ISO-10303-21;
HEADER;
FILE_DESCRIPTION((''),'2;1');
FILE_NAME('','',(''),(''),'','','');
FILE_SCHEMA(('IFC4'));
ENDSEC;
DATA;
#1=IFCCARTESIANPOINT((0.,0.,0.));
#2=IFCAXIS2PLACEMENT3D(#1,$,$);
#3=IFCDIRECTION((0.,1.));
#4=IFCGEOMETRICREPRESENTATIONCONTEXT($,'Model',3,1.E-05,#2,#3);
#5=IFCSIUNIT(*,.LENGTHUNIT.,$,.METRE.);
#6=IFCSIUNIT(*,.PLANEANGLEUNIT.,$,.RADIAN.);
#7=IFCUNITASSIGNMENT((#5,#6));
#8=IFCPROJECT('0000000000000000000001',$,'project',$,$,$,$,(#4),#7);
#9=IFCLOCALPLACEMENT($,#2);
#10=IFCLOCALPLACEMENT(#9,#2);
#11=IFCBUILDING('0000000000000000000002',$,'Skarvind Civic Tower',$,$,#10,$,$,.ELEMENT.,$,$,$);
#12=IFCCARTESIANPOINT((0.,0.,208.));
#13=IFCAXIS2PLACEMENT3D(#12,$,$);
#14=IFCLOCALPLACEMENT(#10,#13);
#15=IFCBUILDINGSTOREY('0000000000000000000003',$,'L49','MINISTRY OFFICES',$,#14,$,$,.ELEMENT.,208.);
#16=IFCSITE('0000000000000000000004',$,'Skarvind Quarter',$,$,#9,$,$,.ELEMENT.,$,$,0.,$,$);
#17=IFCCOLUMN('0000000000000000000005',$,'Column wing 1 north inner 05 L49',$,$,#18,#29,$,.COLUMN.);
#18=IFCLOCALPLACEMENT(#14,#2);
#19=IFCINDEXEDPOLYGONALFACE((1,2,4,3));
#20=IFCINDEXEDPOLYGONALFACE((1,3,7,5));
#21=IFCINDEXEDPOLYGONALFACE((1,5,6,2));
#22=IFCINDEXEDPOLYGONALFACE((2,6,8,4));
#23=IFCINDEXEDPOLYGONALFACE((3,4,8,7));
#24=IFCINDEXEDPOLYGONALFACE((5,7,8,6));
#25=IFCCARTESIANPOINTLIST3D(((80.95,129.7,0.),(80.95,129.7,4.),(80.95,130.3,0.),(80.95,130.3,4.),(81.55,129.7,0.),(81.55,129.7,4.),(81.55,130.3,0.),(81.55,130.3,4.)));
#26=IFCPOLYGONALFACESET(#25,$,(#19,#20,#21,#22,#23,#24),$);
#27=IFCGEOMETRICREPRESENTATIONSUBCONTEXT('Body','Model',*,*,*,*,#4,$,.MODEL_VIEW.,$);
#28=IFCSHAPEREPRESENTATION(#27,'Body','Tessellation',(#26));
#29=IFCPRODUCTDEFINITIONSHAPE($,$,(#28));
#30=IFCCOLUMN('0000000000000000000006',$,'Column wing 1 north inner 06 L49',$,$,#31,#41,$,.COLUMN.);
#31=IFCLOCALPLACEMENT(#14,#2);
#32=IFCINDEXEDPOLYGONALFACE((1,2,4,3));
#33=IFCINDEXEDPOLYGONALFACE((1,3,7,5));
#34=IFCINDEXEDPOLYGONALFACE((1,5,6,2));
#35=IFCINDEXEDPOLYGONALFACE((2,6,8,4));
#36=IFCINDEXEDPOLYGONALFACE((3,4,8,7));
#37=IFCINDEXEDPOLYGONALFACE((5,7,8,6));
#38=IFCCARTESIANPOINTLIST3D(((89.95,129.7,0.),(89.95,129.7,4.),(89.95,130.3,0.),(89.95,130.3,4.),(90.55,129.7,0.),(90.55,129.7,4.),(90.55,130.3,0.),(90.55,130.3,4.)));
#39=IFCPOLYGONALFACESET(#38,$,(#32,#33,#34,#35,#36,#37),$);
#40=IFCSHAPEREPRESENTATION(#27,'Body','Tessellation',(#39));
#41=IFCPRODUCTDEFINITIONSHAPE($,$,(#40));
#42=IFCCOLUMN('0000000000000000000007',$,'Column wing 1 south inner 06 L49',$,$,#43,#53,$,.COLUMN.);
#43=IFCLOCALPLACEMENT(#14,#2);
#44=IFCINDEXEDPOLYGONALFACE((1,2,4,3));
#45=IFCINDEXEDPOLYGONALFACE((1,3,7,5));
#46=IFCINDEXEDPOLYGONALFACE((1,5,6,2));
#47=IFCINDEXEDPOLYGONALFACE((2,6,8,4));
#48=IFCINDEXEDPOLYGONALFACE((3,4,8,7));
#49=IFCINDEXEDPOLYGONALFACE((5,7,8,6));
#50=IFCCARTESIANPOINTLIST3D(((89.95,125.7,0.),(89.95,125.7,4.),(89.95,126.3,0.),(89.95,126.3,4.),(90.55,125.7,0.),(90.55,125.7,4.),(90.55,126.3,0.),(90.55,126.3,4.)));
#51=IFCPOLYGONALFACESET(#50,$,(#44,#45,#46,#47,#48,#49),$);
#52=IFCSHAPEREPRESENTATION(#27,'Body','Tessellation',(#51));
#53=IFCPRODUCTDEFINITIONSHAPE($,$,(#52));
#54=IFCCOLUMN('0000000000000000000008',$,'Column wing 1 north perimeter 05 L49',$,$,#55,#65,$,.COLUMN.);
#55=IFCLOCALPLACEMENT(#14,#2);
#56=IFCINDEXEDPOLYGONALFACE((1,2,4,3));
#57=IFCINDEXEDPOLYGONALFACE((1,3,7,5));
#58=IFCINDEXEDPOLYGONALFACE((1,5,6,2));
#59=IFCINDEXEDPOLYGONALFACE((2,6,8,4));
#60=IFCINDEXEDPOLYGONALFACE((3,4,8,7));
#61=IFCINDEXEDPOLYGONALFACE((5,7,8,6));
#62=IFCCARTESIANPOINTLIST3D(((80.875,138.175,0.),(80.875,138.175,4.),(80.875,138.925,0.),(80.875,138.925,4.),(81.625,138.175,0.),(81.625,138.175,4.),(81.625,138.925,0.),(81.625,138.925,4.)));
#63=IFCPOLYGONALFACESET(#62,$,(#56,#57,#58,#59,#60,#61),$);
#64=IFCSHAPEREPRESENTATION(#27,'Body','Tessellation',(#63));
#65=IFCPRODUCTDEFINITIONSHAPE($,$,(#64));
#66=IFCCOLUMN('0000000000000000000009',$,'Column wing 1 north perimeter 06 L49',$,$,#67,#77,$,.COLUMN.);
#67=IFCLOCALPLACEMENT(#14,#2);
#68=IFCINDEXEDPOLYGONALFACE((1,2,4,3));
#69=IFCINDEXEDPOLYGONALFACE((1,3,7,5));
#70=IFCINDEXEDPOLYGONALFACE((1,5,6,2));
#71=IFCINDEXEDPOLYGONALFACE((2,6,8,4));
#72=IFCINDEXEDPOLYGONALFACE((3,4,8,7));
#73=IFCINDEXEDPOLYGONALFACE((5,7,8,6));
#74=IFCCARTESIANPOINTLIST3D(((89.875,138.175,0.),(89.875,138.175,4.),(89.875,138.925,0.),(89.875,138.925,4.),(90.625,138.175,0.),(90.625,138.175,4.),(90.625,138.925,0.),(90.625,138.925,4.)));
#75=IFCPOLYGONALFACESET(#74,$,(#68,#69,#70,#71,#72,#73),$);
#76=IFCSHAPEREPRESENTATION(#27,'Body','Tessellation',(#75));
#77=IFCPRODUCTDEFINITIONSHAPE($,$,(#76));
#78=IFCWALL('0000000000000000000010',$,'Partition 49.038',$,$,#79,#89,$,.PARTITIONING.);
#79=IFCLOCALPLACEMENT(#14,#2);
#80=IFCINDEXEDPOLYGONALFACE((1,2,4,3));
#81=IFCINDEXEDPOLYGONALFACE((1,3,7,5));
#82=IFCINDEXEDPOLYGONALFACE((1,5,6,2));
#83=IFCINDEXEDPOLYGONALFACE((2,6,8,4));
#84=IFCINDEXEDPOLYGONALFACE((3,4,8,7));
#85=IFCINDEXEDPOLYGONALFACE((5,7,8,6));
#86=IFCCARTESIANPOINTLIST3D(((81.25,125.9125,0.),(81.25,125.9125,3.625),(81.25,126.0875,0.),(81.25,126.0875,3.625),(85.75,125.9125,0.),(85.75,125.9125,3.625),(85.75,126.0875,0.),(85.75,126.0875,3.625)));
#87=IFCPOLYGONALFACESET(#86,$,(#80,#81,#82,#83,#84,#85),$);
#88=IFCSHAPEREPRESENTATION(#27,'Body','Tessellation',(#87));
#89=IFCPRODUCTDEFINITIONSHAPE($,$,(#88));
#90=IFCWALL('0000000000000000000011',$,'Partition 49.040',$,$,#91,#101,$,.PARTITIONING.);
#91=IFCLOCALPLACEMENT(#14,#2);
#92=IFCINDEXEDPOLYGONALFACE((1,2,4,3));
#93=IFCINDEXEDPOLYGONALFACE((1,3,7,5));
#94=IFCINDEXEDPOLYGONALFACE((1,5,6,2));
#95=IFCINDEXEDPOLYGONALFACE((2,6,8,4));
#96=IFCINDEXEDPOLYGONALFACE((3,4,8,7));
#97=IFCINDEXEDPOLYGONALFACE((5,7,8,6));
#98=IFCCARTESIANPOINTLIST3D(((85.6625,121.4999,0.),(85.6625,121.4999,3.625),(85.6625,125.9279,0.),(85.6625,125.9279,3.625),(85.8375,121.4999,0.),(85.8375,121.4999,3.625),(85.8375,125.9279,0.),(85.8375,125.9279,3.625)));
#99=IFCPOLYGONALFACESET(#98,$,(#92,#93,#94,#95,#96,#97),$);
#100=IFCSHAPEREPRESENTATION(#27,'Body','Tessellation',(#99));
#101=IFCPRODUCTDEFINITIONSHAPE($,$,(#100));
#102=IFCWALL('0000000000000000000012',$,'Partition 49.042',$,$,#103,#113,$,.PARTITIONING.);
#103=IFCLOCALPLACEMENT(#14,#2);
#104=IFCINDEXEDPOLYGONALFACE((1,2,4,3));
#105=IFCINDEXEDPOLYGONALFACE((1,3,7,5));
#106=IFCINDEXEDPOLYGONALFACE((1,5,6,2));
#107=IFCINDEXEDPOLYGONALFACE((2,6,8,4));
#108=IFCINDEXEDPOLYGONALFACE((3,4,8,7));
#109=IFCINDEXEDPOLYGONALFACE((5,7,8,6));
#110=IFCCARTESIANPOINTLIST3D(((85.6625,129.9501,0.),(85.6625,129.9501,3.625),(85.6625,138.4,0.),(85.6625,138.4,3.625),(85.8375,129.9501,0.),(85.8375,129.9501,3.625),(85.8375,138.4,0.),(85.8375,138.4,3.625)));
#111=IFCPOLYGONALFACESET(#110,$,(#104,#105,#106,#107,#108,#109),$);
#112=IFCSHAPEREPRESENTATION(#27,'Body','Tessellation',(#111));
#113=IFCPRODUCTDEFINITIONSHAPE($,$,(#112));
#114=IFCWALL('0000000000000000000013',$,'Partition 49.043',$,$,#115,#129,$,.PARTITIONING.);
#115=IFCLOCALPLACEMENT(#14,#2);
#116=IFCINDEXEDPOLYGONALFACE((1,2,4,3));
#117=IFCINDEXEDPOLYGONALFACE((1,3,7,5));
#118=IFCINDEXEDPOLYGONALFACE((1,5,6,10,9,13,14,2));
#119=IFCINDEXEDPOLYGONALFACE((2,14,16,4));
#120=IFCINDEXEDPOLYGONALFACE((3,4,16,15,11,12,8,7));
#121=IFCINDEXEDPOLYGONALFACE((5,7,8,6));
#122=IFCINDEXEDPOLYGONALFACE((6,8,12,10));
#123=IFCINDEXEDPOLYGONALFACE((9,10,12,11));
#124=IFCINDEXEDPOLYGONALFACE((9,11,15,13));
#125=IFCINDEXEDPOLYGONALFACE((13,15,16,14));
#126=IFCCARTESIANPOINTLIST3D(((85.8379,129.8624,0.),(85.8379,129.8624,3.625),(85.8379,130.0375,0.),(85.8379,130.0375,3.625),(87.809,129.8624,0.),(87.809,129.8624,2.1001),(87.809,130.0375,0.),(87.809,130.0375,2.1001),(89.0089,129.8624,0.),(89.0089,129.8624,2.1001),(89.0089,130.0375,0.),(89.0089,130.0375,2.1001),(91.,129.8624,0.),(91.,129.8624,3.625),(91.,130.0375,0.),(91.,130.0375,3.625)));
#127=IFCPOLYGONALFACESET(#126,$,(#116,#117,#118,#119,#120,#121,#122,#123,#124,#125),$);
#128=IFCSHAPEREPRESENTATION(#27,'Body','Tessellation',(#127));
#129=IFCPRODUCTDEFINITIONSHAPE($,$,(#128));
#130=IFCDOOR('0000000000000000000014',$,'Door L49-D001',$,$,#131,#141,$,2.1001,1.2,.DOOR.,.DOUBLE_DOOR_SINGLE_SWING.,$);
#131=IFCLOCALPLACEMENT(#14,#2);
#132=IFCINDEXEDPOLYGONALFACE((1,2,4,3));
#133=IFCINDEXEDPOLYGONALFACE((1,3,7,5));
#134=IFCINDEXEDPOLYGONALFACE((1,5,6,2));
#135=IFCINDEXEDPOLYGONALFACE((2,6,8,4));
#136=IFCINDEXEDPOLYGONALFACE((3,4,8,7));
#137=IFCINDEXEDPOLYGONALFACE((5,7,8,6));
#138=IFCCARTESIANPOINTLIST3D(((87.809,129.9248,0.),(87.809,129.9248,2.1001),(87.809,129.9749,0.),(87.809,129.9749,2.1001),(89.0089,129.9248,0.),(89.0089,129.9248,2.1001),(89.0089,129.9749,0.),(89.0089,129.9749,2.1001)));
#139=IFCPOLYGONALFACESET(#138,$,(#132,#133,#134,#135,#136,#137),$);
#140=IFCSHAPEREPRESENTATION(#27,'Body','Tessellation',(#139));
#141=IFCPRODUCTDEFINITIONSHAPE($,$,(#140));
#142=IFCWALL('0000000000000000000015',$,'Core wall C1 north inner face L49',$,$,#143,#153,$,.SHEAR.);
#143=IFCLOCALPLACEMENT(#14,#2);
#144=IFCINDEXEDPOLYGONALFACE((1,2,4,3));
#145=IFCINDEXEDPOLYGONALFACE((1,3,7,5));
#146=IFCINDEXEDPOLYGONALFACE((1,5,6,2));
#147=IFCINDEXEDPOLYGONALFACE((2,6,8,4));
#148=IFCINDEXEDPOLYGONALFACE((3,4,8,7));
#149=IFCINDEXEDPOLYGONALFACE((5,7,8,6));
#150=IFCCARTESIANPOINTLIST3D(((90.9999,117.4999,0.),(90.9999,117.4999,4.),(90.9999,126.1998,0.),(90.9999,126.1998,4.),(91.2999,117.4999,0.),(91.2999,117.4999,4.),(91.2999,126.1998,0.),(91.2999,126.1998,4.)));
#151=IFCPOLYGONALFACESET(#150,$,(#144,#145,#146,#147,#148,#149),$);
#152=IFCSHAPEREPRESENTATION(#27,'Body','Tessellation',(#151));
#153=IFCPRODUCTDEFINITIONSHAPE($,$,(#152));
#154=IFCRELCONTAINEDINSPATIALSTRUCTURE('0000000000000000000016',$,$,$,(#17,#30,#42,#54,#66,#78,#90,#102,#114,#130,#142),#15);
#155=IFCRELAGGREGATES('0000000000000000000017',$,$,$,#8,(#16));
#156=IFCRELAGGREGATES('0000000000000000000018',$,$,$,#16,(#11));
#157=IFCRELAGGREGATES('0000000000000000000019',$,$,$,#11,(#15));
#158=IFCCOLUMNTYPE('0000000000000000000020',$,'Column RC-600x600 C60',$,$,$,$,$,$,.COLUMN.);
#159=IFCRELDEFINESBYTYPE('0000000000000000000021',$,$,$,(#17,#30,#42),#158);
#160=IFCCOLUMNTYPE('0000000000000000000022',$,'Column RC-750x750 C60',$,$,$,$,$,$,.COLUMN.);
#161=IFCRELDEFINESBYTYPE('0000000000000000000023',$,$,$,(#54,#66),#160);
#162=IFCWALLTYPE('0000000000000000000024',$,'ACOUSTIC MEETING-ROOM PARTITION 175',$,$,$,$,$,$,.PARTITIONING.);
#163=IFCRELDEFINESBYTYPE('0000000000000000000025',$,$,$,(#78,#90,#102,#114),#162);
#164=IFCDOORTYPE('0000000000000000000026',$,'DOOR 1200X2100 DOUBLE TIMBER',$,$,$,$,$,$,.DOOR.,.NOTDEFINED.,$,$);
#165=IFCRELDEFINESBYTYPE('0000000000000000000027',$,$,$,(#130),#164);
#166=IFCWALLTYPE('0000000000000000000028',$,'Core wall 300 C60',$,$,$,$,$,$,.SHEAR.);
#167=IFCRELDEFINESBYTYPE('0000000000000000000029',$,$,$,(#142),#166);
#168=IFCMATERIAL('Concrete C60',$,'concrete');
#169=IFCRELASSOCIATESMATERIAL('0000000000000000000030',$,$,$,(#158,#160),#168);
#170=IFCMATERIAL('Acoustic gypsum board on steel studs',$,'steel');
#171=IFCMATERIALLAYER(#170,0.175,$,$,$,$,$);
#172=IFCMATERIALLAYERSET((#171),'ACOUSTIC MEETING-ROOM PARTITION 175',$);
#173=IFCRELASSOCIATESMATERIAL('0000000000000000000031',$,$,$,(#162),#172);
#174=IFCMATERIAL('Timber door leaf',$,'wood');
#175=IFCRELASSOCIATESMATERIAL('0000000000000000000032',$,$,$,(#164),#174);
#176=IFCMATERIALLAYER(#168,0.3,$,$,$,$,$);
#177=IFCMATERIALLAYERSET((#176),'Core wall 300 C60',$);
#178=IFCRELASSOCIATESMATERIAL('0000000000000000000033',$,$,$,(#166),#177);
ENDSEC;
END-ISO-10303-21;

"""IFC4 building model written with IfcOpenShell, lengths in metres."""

from ifc_helpers import new_model, si_unit, direction, frame, frame_2d, origin, origin_2d, place, context, subcontext, project, spatial, rectangle, extrude, material, layer, layer_set, material_profile, profile_set, type_object, element, fill, save


model = new_model("IFC4")

# Units and contexts
model_context = context("Model", 3, precision=1e-05, world=origin(), true_north=direction((0.0, 1.0)))
body_context = subcontext(model_context, "Body", "Model", "MODEL_VIEW")
ifc_project = project(units=[si_unit("LENGTHUNIT", "METRE"), si_unit("PLANEANGLEUNIT", "RADIAN")], contexts=[model_context])

# Site, building, storey
site_placement = place(None, origin())
site = spatial("IfcSite", under=ifc_project, at=site_placement, Name="Skarvind Quarter", CompositionType="ELEMENT", RefElevation=0.0)
building_placement = place(site_placement, origin())
building = spatial("IfcBuilding", under=site, at=building_placement, Name="Skarvind Civic Tower", CompositionType="ELEMENT")
storey_placement = place(building_placement, frame((0.0, 0.0, 208.0)))
storey = spatial("IfcBuildingStorey", under=building, at=storey_placement, Name="L49", Description="MINISTRY OFFICES", CompositionType="ELEMENT", Elevation=208.0)

# Columns
ifc_material_1 = material(Name="Concrete C60", Category="concrete")
ifc_material_profile_1 = material_profile(ifc_material_1, rectangle(XDim=0.6001, YDim=0.6001, at=origin_2d()), Name="RC-600x600")
ifc_profile_set_1 = profile_set([ifc_material_profile_1], Name="Concrete C60")
column_type_1 = type_object("IfcColumnType", Name="Column RC-600x600 C60", PredefinedType="COLUMN", material=ifc_profile_set_1)
for number, where, z_axis, x_axis, name in (
    (1, (81.25, 130.0, 0.0), (0.0, 0.0, 1.0), (1.0, 0.0, 0.0), "Column wing 1 north inner 05 L49"),
    (2, (90.25, 130.0, 0.0), (0.0, 0.0, 1.0), (1.0, 0.0, 0.0), "Column wing 1 north inner 06 L49"),
    (3, (90.25, 126.0, 0.0), (0.0, 0.0, 1.0), (1.0, 0.0, 0.0), "Column wing 1 south inner 06 L49"),
):
    element("IfcColumn", number, at=place(storey_placement, frame(where, z_axis=z_axis, x_axis=x_axis)), inside=storey, type_object=column_type_1, Name=name, PredefinedType="COLUMN", context=body_context, shape_type="SweptSolid", body=[
        extrude(rectangle(XDim=0.6001, YDim=0.6001, at=origin_2d()), origin(), (0.0, 0.0, 1.0), 4.0),
    ])
ifc_material_profile_2 = material_profile(ifc_material_1, rectangle(XDim=0.75, YDim=0.75, at=origin_2d()), Name="RC-750x750")
ifc_profile_set_2 = profile_set([ifc_material_profile_2], Name="Concrete C60")
column_type_2 = type_object("IfcColumnType", Name="Column RC-750x750 C60", PredefinedType="COLUMN", material=ifc_profile_set_2)
for number, where, z_axis, x_axis, name in (
    (4, (81.25, 138.55, 0.0), (0.0, 0.0, 1.0), (1.0, 0.0, 0.0), "Column wing 1 north perimeter 05 L49"),
    (5, (90.25, 138.55, 0.0), (0.0, 0.0, 1.0), (1.0, 0.0, 0.0), "Column wing 1 north perimeter 06 L49"),
):
    element("IfcColumn", number, at=place(storey_placement, frame(where, z_axis=z_axis, x_axis=x_axis)), inside=storey, type_object=column_type_2, Name=name, PredefinedType="COLUMN", context=body_context, shape_type="SweptSolid", body=[
        extrude(rectangle(XDim=0.75, YDim=0.75, at=origin_2d()), origin(), (0.0, 0.0, 1.0), 4.0),
    ])

# Walls
ifc_material_2 = material(Name="Acoustic gypsum board on steel studs", Category="steel")
ifc_layer_1 = layer(ifc_material_2, 0.175)
ifc_layer_set_1 = layer_set([ifc_layer_1], Name="ACOUSTIC MEETING-ROOM PARTITION 175")
wall_type_1 = type_object("IfcWallType", Name="ACOUSTIC MEETING-ROOM PARTITION 175", PredefinedType="PARTITIONING", material=ifc_layer_set_1)
wall_1_placement = place(storey_placement, frame((81.25, 126.0, 0.0), z_axis=(0.0, 0.0, 1.0), x_axis=(1.0, 0.0, 0.0)))
element("IfcWall", 6, at=wall_1_placement, inside=storey, type_object=wall_type_1, Name="Partition 49.038", PredefinedType="PARTITIONING", context=body_context, shape_type="SweptSolid", body=[
    extrude(rectangle(XDim=4.5, YDim=0.175, at=frame_2d((2.25, 0.0))), origin(), (0.0, 0.0, 1.0), 3.625),
])
wall_2_placement = place(storey_placement, frame((85.75, 121.5, 0.0), z_axis=(0.0, 0.0, 1.0), x_axis=(0.0, 1.0, 0.0)))
element("IfcWall", 7, at=wall_2_placement, inside=storey, type_object=wall_type_1, Name="Partition 49.040", PredefinedType="PARTITIONING", context=body_context, shape_type="SweptSolid", body=[
    extrude(rectangle(XDim=4.428, YDim=0.175, at=frame_2d((2.2139, 0.0))), origin(), (0.0, 0.0, 1.0), 3.625),
])
wall_3_placement = place(storey_placement, frame((85.75, 129.95, 0.0), z_axis=(0.0, 0.0, 1.0), x_axis=(0.0, 1.0, 0.0)))
element("IfcWall", 8, at=wall_3_placement, inside=storey, type_object=wall_type_1, Name="Partition 49.042", PredefinedType="PARTITIONING", context=body_context, shape_type="SweptSolid", body=[
    extrude(rectangle(XDim=8.45, YDim=0.175, at=frame_2d((4.2251, 0.0))), origin(), (0.0, 0.0, 1.0), 3.625),
])

# Wall, opening, door
wall_4_placement = place(storey_placement, frame((85.8379, 129.95, 0.0), z_axis=(0.0, 0.0, 1.0), x_axis=(1.0, 0.0, 0.0)))
wall_4 = element("IfcWall", 9, at=wall_4_placement, inside=storey, type_object=wall_type_1, Name="Partition 49.043", PredefinedType="PARTITIONING", context=body_context, shape_type="SweptSolid", body=[
    extrude(rectangle(XDim=5.1621, YDim=0.175, at=frame_2d((2.5811, 0.0))), origin(), (0.0, 0.0, 1.0), 3.625),
])
opening_1_placement = place(wall_4_placement, frame((1.9709, 0.0, 0.0)))
opening_1 = element("IfcOpeningElement", 10, at=opening_1_placement, cuts=wall_4, PredefinedType="OPENING", context=body_context, shape_type="SweptSolid", body=[
    extrude(rectangle(XDim=1.2, YDim=2.1001, at=frame_2d((0.6001, 1.05))), frame((0.0, 0.0974, 0.0), z_axis=(0.0, -1.0, 0.0), x_axis=(1.0, 0.0, 0.0)), (0.0, 0.0, 1.0), 0.1951),
])
ifc_material_3 = material(Name="Timber door leaf", Category="wood")
door_type_1 = type_object("IfcDoorType", Name="DOOR 1200X2100 DOUBLE TIMBER", OperationType="NOTDEFINED", PredefinedType="DOOR", material=ifc_material_3)
door_1_placement = place(opening_1_placement, origin())
door_1 = element("IfcDoor", 11, at=door_1_placement, inside=storey, type_object=door_type_1, Name="Door L49-D001", OperationType="DOUBLE_DOOR_SINGLE_SWING", OverallHeight=2.1001, OverallWidth=1.2, PredefinedType="DOOR", context=body_context, shape_type="SweptSolid", body=[
    extrude(rectangle(XDim=1.2, YDim=2.1001, at=frame_2d((0.6001, 1.05))), frame((0.0, 0.0249, 0.0), z_axis=(0.0, -1.0, 0.0), x_axis=(1.0, 0.0, 0.0)), (0.0, 0.0, 1.0), 0.05),
])
fill(opening_1, door_1)

# Wall
ifc_layer_2 = layer(ifc_material_1, 0.3)
ifc_layer_set_2 = layer_set([ifc_layer_2], Name="Core wall 300 C60")
wall_type_2 = type_object("IfcWallType", Name="Core wall 300 C60", PredefinedType="SHEAR", material=ifc_layer_set_2)
wall_5_placement = place(storey_placement, frame((91.1499, 126.2, 0.0), z_axis=(0.0, 0.0, 1.0), x_axis=(0.0, -1.0, 0.0)))
element("IfcWall", 12, at=wall_5_placement, inside=storey, type_object=wall_type_2, Name="Core wall C1 north inner face L49", PredefinedType="SHEAR", context=body_context, shape_type="SweptSolid", body=[
    extrude(rectangle(XDim=8.7, YDim=0.3, at=frame_2d((4.3501, 0.0))), origin(), (0.0, 0.0, 1.0), 4.0),
])

save(model, "model.ifc")
